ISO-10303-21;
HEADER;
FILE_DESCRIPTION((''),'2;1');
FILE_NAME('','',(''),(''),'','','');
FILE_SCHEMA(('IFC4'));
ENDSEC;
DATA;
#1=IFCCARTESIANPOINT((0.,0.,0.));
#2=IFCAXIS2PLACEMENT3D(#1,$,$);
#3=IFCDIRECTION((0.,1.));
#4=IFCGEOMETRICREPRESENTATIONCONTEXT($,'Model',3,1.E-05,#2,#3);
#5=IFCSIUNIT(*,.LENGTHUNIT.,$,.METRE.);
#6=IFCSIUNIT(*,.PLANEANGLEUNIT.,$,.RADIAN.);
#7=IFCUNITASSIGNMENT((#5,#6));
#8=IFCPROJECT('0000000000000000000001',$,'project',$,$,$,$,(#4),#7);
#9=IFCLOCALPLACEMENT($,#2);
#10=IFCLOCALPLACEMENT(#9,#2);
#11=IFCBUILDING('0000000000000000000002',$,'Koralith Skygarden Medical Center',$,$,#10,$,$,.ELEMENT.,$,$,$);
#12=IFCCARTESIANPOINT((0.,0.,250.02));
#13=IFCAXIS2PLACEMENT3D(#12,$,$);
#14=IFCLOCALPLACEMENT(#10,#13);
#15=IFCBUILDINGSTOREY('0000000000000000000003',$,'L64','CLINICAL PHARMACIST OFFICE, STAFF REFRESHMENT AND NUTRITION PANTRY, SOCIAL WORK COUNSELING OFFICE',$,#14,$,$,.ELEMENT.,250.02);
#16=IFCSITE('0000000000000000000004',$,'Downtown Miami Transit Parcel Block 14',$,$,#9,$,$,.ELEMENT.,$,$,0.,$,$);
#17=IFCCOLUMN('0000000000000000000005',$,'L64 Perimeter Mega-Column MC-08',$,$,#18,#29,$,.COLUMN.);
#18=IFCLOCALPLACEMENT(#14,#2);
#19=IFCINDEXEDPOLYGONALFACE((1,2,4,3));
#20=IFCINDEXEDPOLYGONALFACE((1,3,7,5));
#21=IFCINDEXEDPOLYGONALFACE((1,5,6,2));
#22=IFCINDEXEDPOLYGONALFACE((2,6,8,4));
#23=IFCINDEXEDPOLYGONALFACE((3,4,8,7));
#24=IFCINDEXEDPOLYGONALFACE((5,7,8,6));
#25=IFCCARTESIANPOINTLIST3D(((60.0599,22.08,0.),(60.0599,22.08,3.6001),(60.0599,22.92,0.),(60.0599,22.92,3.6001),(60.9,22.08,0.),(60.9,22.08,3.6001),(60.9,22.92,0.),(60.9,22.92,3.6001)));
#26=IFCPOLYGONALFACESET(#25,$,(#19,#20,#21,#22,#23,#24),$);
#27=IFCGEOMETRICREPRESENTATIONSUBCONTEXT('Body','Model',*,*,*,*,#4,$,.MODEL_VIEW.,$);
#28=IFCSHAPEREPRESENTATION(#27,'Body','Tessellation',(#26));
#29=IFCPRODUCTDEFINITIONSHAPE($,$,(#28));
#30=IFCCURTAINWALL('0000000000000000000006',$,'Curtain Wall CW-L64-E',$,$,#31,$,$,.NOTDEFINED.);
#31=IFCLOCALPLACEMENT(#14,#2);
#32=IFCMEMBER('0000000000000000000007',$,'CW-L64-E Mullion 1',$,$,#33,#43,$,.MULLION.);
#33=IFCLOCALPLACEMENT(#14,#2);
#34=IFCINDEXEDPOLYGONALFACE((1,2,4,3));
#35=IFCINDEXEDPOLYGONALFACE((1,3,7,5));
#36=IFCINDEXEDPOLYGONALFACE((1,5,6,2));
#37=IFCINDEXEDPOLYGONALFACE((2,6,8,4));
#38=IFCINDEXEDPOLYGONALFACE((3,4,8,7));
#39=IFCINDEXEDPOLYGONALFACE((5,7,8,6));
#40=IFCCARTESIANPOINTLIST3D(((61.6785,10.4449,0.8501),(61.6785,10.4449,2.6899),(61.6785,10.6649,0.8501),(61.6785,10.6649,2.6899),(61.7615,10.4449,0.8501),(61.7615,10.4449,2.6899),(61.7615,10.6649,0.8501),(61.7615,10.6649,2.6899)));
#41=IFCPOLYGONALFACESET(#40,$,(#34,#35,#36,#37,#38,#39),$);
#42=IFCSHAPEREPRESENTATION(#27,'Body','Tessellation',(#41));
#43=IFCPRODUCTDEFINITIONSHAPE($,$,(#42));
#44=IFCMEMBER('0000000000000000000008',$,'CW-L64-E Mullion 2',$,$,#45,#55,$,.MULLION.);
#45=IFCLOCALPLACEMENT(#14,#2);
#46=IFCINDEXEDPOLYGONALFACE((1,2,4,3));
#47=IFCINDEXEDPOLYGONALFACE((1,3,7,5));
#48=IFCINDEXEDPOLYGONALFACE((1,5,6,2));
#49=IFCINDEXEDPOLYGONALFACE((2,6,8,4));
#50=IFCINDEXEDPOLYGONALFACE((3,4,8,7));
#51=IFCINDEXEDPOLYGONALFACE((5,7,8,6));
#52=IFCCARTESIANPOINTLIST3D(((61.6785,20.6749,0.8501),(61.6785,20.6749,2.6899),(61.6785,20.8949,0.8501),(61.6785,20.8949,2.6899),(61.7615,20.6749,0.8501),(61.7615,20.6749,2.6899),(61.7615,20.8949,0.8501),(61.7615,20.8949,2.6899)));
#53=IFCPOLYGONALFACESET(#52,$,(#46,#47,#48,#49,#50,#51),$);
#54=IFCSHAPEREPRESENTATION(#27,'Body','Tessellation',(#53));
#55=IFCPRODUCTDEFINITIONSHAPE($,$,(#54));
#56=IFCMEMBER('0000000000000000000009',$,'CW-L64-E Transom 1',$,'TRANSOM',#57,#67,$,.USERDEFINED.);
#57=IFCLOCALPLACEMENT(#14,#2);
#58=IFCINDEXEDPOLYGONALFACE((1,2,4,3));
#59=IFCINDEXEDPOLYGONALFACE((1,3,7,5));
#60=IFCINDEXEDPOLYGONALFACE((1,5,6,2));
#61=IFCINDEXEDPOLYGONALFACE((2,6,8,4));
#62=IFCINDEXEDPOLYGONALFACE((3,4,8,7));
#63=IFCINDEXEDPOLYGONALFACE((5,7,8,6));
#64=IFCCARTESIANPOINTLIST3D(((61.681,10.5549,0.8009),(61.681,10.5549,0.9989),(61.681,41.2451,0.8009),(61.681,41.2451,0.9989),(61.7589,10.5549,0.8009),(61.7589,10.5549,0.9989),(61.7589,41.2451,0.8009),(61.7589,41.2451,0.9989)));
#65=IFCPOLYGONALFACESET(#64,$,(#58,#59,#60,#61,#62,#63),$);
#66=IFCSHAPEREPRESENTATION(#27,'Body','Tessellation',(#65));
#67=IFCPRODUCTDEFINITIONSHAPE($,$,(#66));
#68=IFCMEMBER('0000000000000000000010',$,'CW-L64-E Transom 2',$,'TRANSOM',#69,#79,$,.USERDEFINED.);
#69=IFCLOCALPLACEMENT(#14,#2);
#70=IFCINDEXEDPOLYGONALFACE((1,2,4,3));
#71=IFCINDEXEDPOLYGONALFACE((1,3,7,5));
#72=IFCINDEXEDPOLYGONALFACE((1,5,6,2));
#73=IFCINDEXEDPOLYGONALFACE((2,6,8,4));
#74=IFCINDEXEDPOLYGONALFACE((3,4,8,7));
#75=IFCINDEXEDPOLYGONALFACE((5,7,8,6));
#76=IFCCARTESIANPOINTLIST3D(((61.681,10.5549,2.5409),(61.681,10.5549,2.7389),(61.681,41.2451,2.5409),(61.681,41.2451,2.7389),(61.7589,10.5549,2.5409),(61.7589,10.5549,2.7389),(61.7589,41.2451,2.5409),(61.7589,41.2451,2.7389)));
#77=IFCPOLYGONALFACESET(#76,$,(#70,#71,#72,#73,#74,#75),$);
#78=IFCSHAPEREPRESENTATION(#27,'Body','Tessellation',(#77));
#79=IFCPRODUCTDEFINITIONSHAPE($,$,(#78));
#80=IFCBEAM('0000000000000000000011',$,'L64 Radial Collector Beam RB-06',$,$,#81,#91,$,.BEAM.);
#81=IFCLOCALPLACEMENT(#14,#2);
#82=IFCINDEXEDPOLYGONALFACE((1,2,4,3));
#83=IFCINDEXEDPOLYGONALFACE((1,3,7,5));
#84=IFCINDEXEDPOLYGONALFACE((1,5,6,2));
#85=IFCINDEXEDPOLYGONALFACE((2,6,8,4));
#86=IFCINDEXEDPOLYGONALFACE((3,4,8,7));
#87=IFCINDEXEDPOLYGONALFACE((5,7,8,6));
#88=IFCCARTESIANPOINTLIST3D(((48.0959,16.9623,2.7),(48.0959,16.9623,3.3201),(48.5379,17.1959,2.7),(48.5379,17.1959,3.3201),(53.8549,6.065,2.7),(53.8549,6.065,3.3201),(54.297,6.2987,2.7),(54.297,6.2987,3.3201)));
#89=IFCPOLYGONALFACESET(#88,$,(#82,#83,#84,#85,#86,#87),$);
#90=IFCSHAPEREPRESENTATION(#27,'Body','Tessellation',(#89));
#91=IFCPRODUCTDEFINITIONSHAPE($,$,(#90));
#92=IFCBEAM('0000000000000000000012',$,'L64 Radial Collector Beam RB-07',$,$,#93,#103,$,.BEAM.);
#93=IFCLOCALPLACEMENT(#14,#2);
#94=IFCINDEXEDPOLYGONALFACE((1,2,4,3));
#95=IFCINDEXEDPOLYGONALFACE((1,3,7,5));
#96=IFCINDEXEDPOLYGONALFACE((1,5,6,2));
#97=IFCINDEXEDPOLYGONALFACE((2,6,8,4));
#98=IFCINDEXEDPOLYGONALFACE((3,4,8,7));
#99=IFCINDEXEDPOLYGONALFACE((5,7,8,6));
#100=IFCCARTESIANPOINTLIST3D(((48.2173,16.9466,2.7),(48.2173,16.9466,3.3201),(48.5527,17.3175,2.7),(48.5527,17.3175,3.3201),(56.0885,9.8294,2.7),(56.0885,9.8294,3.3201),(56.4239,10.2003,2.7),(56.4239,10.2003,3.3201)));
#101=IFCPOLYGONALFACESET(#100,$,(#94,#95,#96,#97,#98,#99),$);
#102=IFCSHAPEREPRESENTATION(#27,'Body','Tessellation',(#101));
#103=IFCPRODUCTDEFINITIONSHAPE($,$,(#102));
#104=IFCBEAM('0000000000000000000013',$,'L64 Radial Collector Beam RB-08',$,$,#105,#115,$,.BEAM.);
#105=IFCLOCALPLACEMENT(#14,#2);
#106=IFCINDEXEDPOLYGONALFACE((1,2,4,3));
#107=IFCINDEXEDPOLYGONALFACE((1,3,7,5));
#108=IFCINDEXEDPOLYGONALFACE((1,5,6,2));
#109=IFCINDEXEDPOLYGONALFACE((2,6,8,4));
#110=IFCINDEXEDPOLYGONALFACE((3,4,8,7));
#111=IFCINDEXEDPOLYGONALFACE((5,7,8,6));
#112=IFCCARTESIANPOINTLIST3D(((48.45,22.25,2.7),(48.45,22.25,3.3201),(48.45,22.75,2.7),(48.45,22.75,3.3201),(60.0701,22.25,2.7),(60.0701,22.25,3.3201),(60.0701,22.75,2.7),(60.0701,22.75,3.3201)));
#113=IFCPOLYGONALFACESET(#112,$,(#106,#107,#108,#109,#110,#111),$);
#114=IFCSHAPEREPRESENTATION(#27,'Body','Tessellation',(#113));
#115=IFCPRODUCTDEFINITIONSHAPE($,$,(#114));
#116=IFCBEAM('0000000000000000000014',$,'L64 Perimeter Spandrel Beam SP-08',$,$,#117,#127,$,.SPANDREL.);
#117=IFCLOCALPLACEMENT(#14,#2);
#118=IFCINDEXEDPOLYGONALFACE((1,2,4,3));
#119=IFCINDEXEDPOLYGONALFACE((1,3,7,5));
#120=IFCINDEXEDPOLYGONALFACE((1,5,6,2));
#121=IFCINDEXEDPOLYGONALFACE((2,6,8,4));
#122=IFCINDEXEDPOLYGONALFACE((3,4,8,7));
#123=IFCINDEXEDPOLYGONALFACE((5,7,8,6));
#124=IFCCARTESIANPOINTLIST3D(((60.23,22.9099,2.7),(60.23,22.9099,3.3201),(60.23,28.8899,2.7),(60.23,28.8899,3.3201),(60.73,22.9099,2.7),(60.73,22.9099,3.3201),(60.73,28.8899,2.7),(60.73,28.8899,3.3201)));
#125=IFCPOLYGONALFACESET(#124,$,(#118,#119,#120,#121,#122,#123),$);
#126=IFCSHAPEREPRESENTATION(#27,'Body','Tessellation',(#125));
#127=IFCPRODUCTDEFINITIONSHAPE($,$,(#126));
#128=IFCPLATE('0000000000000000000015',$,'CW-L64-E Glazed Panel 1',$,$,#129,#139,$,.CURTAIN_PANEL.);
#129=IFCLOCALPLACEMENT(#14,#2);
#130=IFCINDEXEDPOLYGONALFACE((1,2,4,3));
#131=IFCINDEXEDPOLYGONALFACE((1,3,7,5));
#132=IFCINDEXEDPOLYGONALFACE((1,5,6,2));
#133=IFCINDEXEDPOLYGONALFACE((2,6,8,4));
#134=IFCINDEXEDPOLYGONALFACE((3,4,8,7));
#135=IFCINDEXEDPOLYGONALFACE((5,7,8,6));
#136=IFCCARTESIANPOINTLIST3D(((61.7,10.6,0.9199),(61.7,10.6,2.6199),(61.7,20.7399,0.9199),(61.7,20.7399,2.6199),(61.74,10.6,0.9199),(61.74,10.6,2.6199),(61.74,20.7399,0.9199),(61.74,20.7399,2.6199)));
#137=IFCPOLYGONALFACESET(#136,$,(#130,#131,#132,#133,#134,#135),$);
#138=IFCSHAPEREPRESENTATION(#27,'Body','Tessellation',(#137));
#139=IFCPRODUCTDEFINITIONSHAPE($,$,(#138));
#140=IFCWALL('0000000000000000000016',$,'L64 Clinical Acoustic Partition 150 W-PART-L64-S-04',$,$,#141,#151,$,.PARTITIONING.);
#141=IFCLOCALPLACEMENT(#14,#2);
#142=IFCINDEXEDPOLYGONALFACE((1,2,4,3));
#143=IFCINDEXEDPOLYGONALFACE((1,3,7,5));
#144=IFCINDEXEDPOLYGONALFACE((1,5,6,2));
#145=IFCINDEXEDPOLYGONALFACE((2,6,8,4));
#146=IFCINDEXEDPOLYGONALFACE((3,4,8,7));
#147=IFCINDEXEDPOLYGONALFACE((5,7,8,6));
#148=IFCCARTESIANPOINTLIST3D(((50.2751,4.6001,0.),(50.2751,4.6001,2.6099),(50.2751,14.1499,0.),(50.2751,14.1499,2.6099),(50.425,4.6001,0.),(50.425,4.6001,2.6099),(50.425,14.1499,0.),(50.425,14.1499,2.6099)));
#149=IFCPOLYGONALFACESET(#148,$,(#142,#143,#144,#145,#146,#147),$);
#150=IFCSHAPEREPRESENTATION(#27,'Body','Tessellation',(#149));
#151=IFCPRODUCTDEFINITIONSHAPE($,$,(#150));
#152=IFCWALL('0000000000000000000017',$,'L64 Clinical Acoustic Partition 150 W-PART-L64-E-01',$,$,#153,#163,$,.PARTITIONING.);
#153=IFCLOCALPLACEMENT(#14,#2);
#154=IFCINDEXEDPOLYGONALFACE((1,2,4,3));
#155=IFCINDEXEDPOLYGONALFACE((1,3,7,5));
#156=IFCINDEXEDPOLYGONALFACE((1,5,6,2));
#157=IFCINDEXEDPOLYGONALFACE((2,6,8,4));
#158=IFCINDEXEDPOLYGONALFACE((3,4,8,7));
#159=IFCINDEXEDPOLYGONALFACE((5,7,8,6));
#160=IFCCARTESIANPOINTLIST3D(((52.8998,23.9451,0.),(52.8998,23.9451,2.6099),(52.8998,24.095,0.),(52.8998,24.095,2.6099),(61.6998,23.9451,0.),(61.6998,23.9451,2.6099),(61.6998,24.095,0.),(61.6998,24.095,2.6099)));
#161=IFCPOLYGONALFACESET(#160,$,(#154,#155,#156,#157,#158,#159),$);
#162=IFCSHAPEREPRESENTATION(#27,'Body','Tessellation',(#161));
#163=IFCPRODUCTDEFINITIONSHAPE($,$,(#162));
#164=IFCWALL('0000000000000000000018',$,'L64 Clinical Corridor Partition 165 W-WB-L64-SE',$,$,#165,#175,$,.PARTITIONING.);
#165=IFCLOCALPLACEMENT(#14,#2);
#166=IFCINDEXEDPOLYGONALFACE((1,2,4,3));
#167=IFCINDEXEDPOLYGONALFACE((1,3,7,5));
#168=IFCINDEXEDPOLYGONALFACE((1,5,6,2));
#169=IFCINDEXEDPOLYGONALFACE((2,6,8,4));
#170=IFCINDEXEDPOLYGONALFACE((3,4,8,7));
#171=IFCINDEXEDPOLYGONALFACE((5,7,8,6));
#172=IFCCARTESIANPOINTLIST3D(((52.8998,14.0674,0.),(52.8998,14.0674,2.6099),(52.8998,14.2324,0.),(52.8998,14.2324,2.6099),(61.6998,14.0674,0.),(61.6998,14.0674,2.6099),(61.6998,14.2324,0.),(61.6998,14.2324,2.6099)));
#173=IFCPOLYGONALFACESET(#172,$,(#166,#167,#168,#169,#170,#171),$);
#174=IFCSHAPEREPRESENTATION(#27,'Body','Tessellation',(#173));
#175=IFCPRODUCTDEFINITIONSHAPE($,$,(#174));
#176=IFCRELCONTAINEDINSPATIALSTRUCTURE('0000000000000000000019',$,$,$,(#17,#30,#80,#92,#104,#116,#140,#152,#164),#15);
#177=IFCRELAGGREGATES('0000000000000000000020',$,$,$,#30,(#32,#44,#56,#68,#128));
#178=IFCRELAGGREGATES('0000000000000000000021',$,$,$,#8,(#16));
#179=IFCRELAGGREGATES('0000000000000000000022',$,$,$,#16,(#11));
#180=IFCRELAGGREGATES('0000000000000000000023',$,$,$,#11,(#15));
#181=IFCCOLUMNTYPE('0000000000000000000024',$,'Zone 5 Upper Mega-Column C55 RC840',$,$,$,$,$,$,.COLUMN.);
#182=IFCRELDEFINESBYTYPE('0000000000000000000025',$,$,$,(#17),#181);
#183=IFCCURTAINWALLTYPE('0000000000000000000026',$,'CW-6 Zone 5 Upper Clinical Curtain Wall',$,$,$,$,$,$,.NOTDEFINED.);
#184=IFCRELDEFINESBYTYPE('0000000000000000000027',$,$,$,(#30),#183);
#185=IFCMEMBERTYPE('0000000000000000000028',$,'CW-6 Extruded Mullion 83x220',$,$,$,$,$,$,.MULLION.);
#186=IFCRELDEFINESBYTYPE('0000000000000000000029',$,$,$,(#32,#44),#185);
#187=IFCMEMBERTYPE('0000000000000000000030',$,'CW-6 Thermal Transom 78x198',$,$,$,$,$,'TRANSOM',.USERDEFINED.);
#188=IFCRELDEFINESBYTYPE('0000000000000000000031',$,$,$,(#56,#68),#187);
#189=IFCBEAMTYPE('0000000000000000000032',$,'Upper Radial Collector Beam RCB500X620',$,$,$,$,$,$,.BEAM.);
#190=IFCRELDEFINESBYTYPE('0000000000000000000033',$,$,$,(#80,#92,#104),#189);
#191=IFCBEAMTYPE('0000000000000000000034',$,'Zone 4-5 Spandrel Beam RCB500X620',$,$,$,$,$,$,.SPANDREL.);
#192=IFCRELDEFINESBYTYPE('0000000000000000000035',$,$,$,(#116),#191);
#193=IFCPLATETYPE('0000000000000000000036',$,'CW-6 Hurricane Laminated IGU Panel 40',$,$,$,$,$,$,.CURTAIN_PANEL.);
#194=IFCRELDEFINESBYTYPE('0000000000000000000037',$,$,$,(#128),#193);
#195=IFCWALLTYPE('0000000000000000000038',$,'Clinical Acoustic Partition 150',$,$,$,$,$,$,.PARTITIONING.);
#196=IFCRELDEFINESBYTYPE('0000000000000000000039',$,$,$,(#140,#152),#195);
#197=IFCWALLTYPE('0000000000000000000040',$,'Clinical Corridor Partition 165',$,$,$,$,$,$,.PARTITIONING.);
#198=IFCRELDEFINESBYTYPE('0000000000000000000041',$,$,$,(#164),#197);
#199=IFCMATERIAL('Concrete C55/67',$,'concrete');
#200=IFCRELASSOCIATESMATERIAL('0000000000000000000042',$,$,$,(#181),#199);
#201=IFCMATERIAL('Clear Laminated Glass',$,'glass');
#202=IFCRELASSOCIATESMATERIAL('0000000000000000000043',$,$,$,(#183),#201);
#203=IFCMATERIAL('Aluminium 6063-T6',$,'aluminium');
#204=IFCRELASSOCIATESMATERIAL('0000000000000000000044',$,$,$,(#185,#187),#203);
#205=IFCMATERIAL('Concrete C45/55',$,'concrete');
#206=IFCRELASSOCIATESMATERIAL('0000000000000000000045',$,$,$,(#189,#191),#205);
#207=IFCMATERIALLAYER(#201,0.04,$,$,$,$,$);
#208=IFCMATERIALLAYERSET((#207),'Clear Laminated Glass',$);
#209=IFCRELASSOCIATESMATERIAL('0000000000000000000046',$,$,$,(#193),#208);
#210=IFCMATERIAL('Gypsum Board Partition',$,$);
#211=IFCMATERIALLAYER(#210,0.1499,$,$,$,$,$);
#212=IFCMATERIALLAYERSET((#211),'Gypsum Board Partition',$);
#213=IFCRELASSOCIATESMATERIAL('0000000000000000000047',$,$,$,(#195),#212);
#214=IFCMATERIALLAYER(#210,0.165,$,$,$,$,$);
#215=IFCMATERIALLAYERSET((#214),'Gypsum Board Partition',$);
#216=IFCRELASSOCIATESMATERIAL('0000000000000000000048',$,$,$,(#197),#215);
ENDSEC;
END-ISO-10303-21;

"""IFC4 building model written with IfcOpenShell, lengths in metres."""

from ifc_helpers import new_model, si_unit, direction, frame, frame_2d, origin, origin_2d, place, context, subcontext, project, spatial, rectangle, extrude, material, layer, layer_set, material_profile, profile_set, type_object, element, aggregate, save


model = new_model("IFC4")

# Units and contexts
model_context = context("Model", 3, precision=1e-05, world=origin(), true_north=direction((0.0, 1.0)))
body_context = subcontext(model_context, "Body", "Model", "MODEL_VIEW")
ifc_project = project(units=[si_unit("LENGTHUNIT", "METRE"), si_unit("PLANEANGLEUNIT", "RADIAN")], contexts=[model_context])

# Site, building, storey
site_placement = place(None, origin())
site = spatial("IfcSite", under=ifc_project, at=site_placement, Name="Downtown Miami Transit Parcel Block 14", CompositionType="ELEMENT", RefElevation=0.0)
building_placement = place(site_placement, origin())
building = spatial("IfcBuilding", under=site, at=building_placement, Name="Koralith Skygarden Medical Center", CompositionType="ELEMENT")
storey_placement = place(building_placement, frame((0.0, 0.0, 250.02)))
storey = spatial("IfcBuildingStorey", under=building, at=storey_placement, Name="L64", Description="CLINICAL PHARMACIST OFFICE, STAFF REFRESHMENT AND NUTRITION PANTRY, SOCIAL WORK COUNSELING OFFICE", CompositionType="ELEMENT", Elevation=250.02)

# Column
ifc_material_1 = material(Name="Concrete C55/67", Category="concrete")
ifc_material_profile_1 = material_profile(ifc_material_1, rectangle(XDim=0.8401, YDim=0.8401, at=origin_2d()), Name="RC840X840")
ifc_profile_set_1 = profile_set([ifc_material_profile_1], Name="Concrete C55/67")
column_type = type_object("IfcColumnType", Name="Zone 5 Upper Mega-Column C55 RC840", PredefinedType="COLUMN", material=ifc_profile_set_1)
column_placement = place(storey_placement, frame((60.48, 22.5, 0.0), z_axis=(0.0, 0.0, 1.0), x_axis=(1.0, 0.0, 0.0)))
element("IfcColumn", 1, at=column_placement, inside=storey, type_object=column_type, Name="L64 Perimeter Mega-Column MC-08", PredefinedType="COLUMN", context=body_context, shape_type="SweptSolid", body=[
    extrude(rectangle(XDim=0.8401, YDim=0.8401, at=origin_2d()), origin(), (0.0, 0.0, 1.0), 3.6001),
])

# Curtain wall, members
ifc_material_2 = material(Name="Clear Laminated Glass", Category="glass")
curtain_wall_type = type_object("IfcCurtainWallType", Name="CW-6 Zone 5 Upper Clinical Curtain Wall", PredefinedType="NOTDEFINED", material=ifc_material_2)
curtain_wall_placement = place(storey_placement, origin())
curtain_wall = element("IfcCurtainWall", 2, at=curtain_wall_placement, inside=storey, type_object=curtain_wall_type, Name="Curtain Wall CW-L64-E", PredefinedType="NOTDEFINED")
ifc_material_3 = material(Name="Aluminium 6063-T6", Category="aluminium")
ifc_material_profile_2 = material_profile(ifc_material_3, rectangle(XDim=0.083, YDim=0.22, at=origin_2d()), Name="MUL83X220")
ifc_profile_set_2 = profile_set([ifc_material_profile_2], Name="Aluminium 6063-T6")
member_type_1 = type_object("IfcMemberType", Name="CW-6 Extruded Mullion 83x220", PredefinedType="MULLION", material=ifc_profile_set_2)
member_1_placement = place(storey_placement, frame((61.72, 10.5549, 0.8501), z_axis=(0.0, 0.0, 1.0), x_axis=(1.0, 0.0, 0.0)))
member_1 = element("IfcMember", 3, at=member_1_placement, type_object=member_type_1, Name="CW-L64-E Mullion 1", PredefinedType="MULLION", context=body_context, shape_type="SweptSolid", body=[
    extrude(rectangle(XDim=0.083, YDim=0.22, at=origin_2d()), origin(), (0.0, 0.0, 1.0), 1.8398),
])
member_2_placement = place(storey_placement, frame((61.72, 20.7849, 0.8501), z_axis=(0.0, 0.0, 1.0), x_axis=(1.0, 0.0, 0.0)))
member_2 = element("IfcMember", 4, at=member_2_placement, type_object=member_type_1, Name="CW-L64-E Mullion 2", PredefinedType="MULLION", context=body_context, shape_type="SweptSolid", body=[
    extrude(rectangle(XDim=0.083, YDim=0.22, at=origin_2d()), origin(), (0.0, 0.0, 1.0), 1.8398),
])
ifc_material_profile_3 = material_profile(ifc_material_3, rectangle(XDim=0.0779, YDim=0.198, at=origin_2d()), Name="TRN78X198")
ifc_profile_set_3 = profile_set([ifc_material_profile_3], Name="Aluminium 6063-T6")
member_type_2 = type_object("IfcMemberType", Name="CW-6 Thermal Transom 78x198", ElementType="TRANSOM", PredefinedType="USERDEFINED", material=ifc_profile_set_3)
member_3_placement = place(storey_placement, frame((61.72, 10.5549, 0.8999), z_axis=(0.0, 1.0, 0.0), x_axis=(-1.0, 0.0, 0.0)))
member_3 = element("IfcMember", 5, at=member_3_placement, type_object=member_type_2, Name="CW-L64-E Transom 1", ObjectType="TRANSOM", PredefinedType="USERDEFINED", context=body_context, shape_type="SweptSolid", body=[
    extrude(rectangle(XDim=0.0779, YDim=0.198, at=origin_2d()), origin(), (0.0, 0.0, 1.0), 30.6902),
])
member_4_placement = place(storey_placement, frame((61.72, 10.5549, 2.6399), z_axis=(0.0, 1.0, 0.0), x_axis=(-1.0, 0.0, 0.0)))
member_4 = element("IfcMember", 6, at=member_4_placement, type_object=member_type_2, Name="CW-L64-E Transom 2", ObjectType="TRANSOM", PredefinedType="USERDEFINED", context=body_context, shape_type="SweptSolid", body=[
    extrude(rectangle(XDim=0.0779, YDim=0.198, at=origin_2d()), origin(), (0.0, 0.0, 1.0), 30.6902),
])

# Beams
ifc_material_4 = material(Name="Concrete C45/55", Category="concrete")
ifc_material_profile_4 = material_profile(ifc_material_4, rectangle(XDim=0.5, YDim=0.6201, at=origin_2d()), Name="RCB500X620")
ifc_profile_set_4 = profile_set([ifc_material_profile_4], Name="Concrete C45/55")
beam_type_1 = type_object("IfcBeamType", Name="Upper Radial Collector Beam RCB500X620", PredefinedType="BEAM", material=ifc_profile_set_4)
beam_1_placement = place(storey_placement, frame((48.3169, 17.0791, 3.01), z_axis=(0.467249, -0.884126, 0.0), x_axis=(0.884126, 0.467249, 0.0)))
element("IfcBeam", 7, at=beam_1_placement, inside=storey, type_object=beam_type_1, Name="L64 Radial Collector Beam RB-06", PredefinedType="BEAM", context=body_context, shape_type="SweptSolid", body=[
    extrude(rectangle(XDim=0.5, YDim=0.6201, at=origin_2d()), origin(), (0.0, 0.0, 1.0), 12.3254),
])
beam_2_placement = place(storey_placement, frame((48.385, 17.1321, 3.01), z_axis=(0.741736, -0.670692, 0.0), x_axis=(0.670692, 0.741736, 0.0)))
element("IfcBeam", 8, at=beam_2_placement, inside=storey, type_object=beam_type_1, Name="L64 Radial Collector Beam RB-07", PredefinedType="BEAM", context=body_context, shape_type="SweptSolid", body=[
    extrude(rectangle(XDim=0.5, YDim=0.6201, at=origin_2d()), origin(), (0.0, 0.0, 1.0), 10.6118),
])
beam_3_placement = place(storey_placement, frame((48.45, 22.5, 3.01), z_axis=(1.0, 0.0, 0.0), x_axis=(0.0, 1.0, 0.0)))
element("IfcBeam", 9, at=beam_3_placement, inside=storey, type_object=beam_type_1, Name="L64 Radial Collector Beam RB-08", PredefinedType="BEAM", context=body_context, shape_type="SweptSolid", body=[
    extrude(rectangle(XDim=0.5, YDim=0.6201, at=origin_2d()), origin(), (0.0, 0.0, 1.0), 11.6201),
])
ifc_material_profile_5 = material_profile(ifc_material_4, rectangle(XDim=0.5, YDim=0.6201, at=origin_2d()), Name="RCB500X620")
ifc_profile_set_5 = profile_set([ifc_material_profile_5], Name="Concrete C45/55")
beam_type_2 = type_object("IfcBeamType", Name="Zone 4-5 Spandrel Beam RCB500X620", PredefinedType="SPANDREL", material=ifc_profile_set_5)
beam_4_placement = place(storey_placement, frame((60.48, 22.9099, 3.01), z_axis=(0.0, 1.0, 0.0), x_axis=(-1.0, 0.0, 0.0)))
element("IfcBeam", 10, at=beam_4_placement, inside=storey, type_object=beam_type_2, Name="L64 Perimeter Spandrel Beam SP-08", PredefinedType="SPANDREL", context=body_context, shape_type="SweptSolid", body=[
    extrude(rectangle(XDim=0.5, YDim=0.6201, at=origin_2d()), origin(), (0.0, 0.0, 1.0), 5.98),
])

# Plate
ifc_layer_1 = layer(ifc_material_2, 0.04)
ifc_layer_set_1 = layer_set([ifc_layer_1], Name="Clear Laminated Glass")
plate_type = type_object("IfcPlateType", Name="CW-6 Hurricane Laminated IGU Panel 40", PredefinedType="CURTAIN_PANEL", material=ifc_layer_set_1)
plate_placement = place(storey_placement, frame((61.72, 15.6699, 0.9199), z_axis=(0.0, 0.0, 1.0), x_axis=(0.0, 1.0, 0.0)))
plate = element("IfcPlate", 11, at=plate_placement, type_object=plate_type, Name="CW-L64-E Glazed Panel 1", PredefinedType="CURTAIN_PANEL", context=body_context, shape_type="SweptSolid", body=[
    extrude(rectangle(XDim=10.1399, YDim=0.04, at=origin_2d()), origin(), (0.0, 0.0, 1.0), 1.7),
])
aggregate(curtain_wall, [member_1, member_2, member_3, member_4, plate])

# Walls
ifc_material_5 = material(Name="Gypsum Board Partition")
ifc_layer_2 = layer(ifc_material_5, 0.1499)
ifc_layer_set_2 = layer_set([ifc_layer_2], Name="Gypsum Board Partition")
wall_type_1 = type_object("IfcWallType", Name="Clinical Acoustic Partition 150", PredefinedType="PARTITIONING", material=ifc_layer_set_2)
wall_1_placement = place(storey_placement, frame((50.3501, 14.1499, 0.0), z_axis=(0.0, 0.0, 1.0), x_axis=(0.0, -1.0, 0.0)))
element("IfcWall", 12, at=wall_1_placement, inside=storey, type_object=wall_type_1, Name="L64 Clinical Acoustic Partition 150 W-PART-L64-S-04", PredefinedType="PARTITIONING", context=body_context, shape_type="SweptSolid", body=[
    extrude(rectangle(XDim=9.5498, YDim=0.1499, at=frame_2d((4.7749, 0.0))), origin(), (0.0, 0.0, 1.0), 2.6099),
])
wall_2_placement = place(storey_placement, frame((52.8999, 24.02, 0.0), z_axis=(0.0, 0.0, 1.0), x_axis=(1.0, 0.0, 0.0)))
element("IfcWall", 13, at=wall_2_placement, inside=storey, type_object=wall_type_1, Name="L64 Clinical Acoustic Partition 150 W-PART-L64-E-01", PredefinedType="PARTITIONING", context=body_context, shape_type="SweptSolid", body=[
    extrude(rectangle(XDim=8.8, YDim=0.1499, at=frame_2d((4.3999, 0.0))), origin(), (0.0, 0.0, 1.0), 2.6099),
])
ifc_layer_3 = layer(ifc_material_5, 0.165)
ifc_layer_set_3 = layer_set([ifc_layer_3], Name="Gypsum Board Partition")
wall_type_2 = type_object("IfcWallType", Name="Clinical Corridor Partition 165", PredefinedType="PARTITIONING", material=ifc_layer_set_3)
wall_3_placement = place(storey_placement, frame((52.8999, 14.1499, 0.0), z_axis=(0.0, 0.0, 1.0), x_axis=(1.0, 0.0, 0.0)))
element("IfcWall", 14, at=wall_3_placement, inside=storey, type_object=wall_type_2, Name="L64 Clinical Corridor Partition 165 W-WB-L64-SE", PredefinedType="PARTITIONING", context=body_context, shape_type="SweptSolid", body=[
    extrude(rectangle(XDim=8.8, YDim=0.165, at=frame_2d((4.3999, 0.0))), origin(), (0.0, 0.0, 1.0), 2.6099),
])

save(model, "model.ifc")
